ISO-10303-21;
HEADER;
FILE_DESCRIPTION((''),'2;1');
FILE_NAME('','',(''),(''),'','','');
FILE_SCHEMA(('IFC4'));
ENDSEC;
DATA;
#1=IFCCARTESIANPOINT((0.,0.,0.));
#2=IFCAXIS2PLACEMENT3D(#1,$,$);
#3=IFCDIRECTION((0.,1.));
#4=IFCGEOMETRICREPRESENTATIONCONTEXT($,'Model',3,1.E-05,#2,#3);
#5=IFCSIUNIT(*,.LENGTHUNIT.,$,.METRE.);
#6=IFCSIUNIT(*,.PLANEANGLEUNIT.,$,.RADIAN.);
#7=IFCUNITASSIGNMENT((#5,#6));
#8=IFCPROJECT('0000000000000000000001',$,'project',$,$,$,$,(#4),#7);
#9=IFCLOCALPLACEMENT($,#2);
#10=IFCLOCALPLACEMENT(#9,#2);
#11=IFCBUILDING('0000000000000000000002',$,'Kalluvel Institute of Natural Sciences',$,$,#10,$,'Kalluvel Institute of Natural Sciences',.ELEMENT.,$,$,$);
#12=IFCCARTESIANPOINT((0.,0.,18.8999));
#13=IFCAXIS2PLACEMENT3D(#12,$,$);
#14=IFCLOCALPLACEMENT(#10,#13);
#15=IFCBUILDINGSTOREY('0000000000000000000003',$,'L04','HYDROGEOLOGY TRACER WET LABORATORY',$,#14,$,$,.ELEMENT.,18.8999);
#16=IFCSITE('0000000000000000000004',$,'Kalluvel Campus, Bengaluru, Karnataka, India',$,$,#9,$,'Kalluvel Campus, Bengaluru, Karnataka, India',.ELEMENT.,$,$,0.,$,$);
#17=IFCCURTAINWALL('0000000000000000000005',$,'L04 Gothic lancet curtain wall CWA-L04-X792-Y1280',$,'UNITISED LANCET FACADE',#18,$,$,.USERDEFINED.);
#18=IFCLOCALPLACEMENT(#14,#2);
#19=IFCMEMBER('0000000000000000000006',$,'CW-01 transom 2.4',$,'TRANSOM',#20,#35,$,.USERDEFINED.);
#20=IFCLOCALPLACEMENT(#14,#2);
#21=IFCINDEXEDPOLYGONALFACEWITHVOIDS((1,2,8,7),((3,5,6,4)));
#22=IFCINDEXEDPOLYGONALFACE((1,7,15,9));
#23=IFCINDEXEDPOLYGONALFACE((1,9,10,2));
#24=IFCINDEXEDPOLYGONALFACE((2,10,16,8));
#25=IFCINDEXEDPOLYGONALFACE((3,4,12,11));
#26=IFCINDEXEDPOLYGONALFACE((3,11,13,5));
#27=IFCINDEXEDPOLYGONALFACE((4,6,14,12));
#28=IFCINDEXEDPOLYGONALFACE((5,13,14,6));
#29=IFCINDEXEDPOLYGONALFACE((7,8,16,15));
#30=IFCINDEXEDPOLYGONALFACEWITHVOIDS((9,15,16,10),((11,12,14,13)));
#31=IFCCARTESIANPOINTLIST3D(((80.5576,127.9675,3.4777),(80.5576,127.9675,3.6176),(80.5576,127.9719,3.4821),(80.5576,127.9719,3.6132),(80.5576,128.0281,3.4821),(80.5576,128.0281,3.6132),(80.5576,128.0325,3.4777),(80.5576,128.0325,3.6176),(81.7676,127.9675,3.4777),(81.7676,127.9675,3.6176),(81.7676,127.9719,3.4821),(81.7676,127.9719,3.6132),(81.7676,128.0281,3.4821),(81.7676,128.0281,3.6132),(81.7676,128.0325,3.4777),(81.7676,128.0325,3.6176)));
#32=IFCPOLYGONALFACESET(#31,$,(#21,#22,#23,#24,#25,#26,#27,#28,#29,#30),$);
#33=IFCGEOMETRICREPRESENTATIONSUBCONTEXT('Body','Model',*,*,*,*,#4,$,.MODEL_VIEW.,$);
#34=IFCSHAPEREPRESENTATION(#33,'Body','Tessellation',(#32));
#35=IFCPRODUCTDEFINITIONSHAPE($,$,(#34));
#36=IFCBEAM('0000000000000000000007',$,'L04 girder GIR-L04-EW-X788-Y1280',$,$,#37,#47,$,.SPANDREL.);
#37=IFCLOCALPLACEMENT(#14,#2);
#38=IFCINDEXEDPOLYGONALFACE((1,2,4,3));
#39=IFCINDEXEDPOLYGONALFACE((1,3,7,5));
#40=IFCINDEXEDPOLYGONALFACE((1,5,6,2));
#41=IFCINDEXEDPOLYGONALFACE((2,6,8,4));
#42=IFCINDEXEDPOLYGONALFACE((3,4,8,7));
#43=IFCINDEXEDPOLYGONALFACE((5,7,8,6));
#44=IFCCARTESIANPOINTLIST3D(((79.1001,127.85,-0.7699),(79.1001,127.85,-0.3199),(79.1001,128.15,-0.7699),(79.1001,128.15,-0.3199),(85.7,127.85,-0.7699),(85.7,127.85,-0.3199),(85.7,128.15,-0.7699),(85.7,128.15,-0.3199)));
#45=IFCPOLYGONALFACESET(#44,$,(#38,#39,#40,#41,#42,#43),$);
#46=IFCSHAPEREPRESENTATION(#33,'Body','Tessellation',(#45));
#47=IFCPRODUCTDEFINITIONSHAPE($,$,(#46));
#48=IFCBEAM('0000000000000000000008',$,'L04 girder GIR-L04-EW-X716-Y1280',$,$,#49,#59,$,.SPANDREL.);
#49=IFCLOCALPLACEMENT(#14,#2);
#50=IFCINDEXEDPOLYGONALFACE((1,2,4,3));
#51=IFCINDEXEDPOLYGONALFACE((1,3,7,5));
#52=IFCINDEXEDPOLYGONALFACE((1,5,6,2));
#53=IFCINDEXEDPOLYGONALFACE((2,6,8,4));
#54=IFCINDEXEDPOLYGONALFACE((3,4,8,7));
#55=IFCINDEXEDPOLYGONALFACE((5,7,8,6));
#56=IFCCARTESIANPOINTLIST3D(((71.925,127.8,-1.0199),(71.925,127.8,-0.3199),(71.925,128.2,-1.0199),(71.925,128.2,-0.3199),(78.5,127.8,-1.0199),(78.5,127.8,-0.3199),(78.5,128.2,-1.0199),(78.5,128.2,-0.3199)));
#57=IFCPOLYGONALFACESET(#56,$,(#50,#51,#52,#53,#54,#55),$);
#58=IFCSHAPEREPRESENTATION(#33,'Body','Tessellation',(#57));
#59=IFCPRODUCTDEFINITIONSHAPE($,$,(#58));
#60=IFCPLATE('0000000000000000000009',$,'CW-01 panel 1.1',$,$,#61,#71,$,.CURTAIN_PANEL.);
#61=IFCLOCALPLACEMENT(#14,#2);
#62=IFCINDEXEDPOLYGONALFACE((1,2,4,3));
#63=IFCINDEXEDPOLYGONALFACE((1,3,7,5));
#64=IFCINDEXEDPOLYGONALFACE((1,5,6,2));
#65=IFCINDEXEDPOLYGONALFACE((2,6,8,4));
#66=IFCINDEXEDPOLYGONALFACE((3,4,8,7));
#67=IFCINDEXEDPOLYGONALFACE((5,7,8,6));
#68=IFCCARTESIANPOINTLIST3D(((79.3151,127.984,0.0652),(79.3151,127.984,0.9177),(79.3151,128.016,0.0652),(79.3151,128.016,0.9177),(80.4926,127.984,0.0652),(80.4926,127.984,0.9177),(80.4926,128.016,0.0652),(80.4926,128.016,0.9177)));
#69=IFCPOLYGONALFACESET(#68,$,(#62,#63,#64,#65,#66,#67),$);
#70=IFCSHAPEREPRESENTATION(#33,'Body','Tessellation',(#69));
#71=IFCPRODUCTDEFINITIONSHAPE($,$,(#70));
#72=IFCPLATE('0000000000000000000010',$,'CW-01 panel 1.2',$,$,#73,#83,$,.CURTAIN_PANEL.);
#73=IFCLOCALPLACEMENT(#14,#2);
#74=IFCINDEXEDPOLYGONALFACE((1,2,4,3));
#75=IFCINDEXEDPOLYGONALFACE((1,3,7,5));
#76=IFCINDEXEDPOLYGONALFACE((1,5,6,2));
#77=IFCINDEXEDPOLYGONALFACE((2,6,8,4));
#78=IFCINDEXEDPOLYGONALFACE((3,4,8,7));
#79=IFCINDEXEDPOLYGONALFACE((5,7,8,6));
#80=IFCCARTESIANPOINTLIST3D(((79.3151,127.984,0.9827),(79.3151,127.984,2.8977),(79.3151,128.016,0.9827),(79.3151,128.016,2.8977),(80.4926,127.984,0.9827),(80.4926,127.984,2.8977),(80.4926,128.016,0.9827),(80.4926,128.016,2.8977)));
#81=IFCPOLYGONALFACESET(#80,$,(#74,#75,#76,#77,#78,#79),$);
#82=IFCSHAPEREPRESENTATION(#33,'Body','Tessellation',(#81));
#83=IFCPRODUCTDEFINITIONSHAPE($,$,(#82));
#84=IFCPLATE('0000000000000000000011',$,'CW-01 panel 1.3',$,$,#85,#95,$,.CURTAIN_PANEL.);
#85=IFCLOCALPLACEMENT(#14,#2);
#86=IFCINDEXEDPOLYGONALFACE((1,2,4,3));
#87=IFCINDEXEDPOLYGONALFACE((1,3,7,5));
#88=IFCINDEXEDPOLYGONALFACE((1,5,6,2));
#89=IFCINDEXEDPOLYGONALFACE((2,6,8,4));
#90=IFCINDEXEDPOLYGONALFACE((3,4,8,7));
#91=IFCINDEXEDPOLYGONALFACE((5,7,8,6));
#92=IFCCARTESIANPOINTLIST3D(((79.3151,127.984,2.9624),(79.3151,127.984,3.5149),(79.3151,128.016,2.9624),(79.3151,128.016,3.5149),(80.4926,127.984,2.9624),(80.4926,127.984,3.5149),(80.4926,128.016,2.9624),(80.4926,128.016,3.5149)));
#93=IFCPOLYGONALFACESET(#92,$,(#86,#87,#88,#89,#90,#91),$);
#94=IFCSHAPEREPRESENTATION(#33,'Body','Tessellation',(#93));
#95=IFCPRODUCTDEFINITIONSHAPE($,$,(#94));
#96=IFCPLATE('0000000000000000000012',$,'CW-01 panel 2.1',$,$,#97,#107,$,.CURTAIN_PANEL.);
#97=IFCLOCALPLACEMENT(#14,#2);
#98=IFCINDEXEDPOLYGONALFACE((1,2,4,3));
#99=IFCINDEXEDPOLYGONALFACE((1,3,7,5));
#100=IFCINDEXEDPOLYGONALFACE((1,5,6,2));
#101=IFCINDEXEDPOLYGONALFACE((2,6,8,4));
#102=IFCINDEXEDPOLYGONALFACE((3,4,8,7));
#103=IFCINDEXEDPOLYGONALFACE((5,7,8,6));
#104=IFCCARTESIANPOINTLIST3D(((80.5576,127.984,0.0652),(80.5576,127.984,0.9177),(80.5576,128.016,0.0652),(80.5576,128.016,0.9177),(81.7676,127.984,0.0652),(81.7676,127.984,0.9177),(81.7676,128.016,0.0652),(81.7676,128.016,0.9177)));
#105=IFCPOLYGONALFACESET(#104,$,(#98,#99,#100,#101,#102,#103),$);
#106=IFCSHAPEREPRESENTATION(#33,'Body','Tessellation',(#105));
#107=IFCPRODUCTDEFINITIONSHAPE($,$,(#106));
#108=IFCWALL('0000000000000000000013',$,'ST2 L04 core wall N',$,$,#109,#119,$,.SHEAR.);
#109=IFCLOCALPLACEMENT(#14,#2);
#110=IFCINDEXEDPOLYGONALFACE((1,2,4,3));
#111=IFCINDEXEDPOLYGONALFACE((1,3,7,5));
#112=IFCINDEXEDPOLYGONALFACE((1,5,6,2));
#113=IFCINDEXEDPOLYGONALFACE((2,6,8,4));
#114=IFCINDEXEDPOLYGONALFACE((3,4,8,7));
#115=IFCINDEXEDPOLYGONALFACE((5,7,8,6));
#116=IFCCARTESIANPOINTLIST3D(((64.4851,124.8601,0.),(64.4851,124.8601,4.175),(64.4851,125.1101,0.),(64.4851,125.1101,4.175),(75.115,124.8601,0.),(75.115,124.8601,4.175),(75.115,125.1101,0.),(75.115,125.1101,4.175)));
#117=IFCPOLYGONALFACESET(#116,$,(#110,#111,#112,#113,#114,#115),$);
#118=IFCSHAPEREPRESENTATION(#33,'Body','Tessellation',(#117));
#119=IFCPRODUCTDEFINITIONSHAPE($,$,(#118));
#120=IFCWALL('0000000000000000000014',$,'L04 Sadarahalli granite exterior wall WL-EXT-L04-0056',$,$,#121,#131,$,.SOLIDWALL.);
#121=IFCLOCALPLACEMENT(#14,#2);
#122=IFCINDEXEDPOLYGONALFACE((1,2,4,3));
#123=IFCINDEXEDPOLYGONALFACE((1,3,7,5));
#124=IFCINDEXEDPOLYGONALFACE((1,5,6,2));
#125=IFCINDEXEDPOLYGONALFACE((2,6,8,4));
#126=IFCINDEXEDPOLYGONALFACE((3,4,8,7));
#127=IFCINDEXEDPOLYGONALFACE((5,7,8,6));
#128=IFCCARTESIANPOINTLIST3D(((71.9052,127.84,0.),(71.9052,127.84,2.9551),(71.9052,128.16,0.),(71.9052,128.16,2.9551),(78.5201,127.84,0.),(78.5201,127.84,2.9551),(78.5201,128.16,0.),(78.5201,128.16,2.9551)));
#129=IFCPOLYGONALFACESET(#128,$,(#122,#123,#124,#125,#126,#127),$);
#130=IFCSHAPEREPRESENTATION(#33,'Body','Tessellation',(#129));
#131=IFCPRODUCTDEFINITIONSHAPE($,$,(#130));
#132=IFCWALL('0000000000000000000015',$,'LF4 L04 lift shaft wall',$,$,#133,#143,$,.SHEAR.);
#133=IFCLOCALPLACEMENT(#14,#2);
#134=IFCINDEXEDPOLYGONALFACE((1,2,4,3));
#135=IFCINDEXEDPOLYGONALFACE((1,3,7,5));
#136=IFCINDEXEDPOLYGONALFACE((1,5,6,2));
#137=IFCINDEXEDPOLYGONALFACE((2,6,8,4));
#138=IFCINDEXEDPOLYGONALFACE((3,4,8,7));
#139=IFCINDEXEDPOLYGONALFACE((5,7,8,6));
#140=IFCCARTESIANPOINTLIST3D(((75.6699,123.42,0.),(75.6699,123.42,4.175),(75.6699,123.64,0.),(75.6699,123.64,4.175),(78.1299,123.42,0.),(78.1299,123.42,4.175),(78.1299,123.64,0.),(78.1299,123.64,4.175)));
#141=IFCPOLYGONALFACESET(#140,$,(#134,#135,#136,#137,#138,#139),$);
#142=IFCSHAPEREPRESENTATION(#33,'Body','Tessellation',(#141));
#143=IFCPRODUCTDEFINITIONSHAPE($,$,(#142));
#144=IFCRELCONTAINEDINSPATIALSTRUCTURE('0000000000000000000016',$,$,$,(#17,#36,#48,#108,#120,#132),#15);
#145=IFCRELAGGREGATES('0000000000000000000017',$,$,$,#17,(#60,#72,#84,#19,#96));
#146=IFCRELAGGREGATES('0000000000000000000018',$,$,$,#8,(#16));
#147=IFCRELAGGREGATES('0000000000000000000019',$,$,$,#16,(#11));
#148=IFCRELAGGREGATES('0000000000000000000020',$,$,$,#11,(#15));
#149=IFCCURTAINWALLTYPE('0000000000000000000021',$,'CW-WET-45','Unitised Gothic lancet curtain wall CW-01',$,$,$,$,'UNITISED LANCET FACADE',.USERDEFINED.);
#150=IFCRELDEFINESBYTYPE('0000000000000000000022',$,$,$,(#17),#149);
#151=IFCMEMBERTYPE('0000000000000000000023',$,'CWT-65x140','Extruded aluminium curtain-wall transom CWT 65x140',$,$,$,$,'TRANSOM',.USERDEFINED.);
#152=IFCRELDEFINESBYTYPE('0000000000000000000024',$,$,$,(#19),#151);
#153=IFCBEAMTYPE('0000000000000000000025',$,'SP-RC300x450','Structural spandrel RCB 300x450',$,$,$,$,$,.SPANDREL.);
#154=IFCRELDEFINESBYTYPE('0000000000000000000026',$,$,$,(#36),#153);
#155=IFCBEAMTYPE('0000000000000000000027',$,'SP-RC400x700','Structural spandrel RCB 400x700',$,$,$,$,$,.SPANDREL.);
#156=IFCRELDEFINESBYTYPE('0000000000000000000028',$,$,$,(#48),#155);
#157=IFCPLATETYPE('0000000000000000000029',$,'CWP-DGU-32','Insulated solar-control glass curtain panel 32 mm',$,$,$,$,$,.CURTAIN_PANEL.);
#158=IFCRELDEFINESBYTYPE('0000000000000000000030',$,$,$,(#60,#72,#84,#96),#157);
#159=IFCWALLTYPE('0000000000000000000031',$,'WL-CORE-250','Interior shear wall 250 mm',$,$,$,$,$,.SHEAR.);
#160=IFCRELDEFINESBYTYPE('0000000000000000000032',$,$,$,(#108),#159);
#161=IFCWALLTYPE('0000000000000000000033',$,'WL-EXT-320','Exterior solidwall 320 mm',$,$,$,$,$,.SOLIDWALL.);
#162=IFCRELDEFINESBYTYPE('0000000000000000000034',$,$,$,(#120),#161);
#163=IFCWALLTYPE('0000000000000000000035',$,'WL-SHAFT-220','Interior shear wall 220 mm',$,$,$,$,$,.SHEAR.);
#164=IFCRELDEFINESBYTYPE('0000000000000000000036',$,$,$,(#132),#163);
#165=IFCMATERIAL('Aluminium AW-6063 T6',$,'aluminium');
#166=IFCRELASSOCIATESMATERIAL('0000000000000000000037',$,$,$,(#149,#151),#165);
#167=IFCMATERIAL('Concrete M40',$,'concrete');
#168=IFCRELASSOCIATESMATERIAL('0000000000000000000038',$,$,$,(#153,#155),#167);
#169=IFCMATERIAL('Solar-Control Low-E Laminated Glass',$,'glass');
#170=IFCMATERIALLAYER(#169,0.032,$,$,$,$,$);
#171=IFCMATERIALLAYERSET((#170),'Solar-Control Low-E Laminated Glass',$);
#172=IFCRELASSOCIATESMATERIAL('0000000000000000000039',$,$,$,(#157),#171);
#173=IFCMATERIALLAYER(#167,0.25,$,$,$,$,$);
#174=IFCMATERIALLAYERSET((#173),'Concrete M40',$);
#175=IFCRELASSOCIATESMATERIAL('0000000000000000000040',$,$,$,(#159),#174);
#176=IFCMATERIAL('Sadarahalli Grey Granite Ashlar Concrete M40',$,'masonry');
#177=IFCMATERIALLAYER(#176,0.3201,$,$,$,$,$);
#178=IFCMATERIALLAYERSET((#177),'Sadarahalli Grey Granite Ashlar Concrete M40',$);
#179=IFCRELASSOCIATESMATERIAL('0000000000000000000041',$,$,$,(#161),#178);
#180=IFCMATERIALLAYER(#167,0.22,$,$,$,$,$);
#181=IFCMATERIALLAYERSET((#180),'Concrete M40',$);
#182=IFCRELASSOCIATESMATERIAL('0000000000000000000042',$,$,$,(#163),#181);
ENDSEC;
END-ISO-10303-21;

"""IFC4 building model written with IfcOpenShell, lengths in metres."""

from ifc_helpers import new_model, si_unit, direction, frame, frame_2d, origin, origin_2d, place, context, subcontext, project, spatial, rectangle, hollow_rectangle, extrude, material, layer, layer_set, material_profile, profile_set, type_object, element, aggregate, save


model = new_model("IFC4")

# Units and contexts
model_context = context("Model", 3, precision=1e-05, world=origin(), true_north=direction((0.0, 1.0)))
body_context = subcontext(model_context, "Body", "Model", "MODEL_VIEW")
ifc_project = project(units=[si_unit("LENGTHUNIT", "METRE"), si_unit("PLANEANGLEUNIT", "RADIAN")], contexts=[model_context])

# Site, building, storey
site_placement = place(None, origin())
site = spatial("IfcSite", under=ifc_project, at=site_placement, Name="Kalluvel Campus, Bengaluru, Karnataka, India", LongName="Kalluvel Campus, Bengaluru, Karnataka, India", CompositionType="ELEMENT", RefElevation=0.0)
building_placement = place(site_placement, origin())
building = spatial("IfcBuilding", under=site, at=building_placement, Name="Kalluvel Institute of Natural Sciences", LongName="Kalluvel Institute of Natural Sciences", CompositionType="ELEMENT")
storey_placement = place(building_placement, frame((0.0, 0.0, 18.8999)))
storey = spatial("IfcBuildingStorey", under=building, at=storey_placement, Name="L04", Description="HYDROGEOLOGY TRACER WET LABORATORY", CompositionType="ELEMENT", Elevation=18.8999)

# Shared definitions
ifc_material_1 = material(Name="Concrete M40", Category="concrete")

# Curtain wall, member
ifc_material_2 = material(Name="Aluminium AW-6063 T6", Category="aluminium")
curtain_wall_type = type_object("IfcCurtainWallType", Name="CW-WET-45", Description="Unitised Gothic lancet curtain wall CW-01", ElementType="UNITISED LANCET FACADE", PredefinedType="USERDEFINED", material=ifc_material_2)
curtain_wall_placement = place(storey_placement, origin())
curtain_wall = element("IfcCurtainWall", 1, at=curtain_wall_placement, inside=storey, type_object=curtain_wall_type, Name="L04 Gothic lancet curtain wall CWA-L04-X792-Y1280", ObjectType="UNITISED LANCET FACADE", PredefinedType="USERDEFINED")
ifc_material_profile_1 = material_profile(ifc_material_2, hollow_rectangle(XDim=0.0649, YDim=0.1399, WallThickness=0.0044, at=origin_2d()), Name="CWT 65x140")
ifc_profile_set_1 = profile_set([ifc_material_profile_1], Name="Aluminium AW-6063 T6")
member_type_1 = type_object("IfcMemberType", Name="CWT-65x140", Description="Extruded aluminium curtain-wall transom CWT 65x140", ElementType="TRANSOM", PredefinedType="USERDEFINED", material=ifc_profile_set_1)
member_1_placement = place(storey_placement, frame((80.5576, 128.0, 3.5476), z_axis=(1.0, 0.0, 0.0), x_axis=(0.0, 1.0, 0.0)))
member_1 = element("IfcMember", 2, at=member_1_placement, type_object=member_type_1, Name="CW-01 transom 2.4", ObjectType="TRANSOM", PredefinedType="USERDEFINED", context=body_context, shape_type="SweptSolid", body=[
    extrude(hollow_rectangle(XDim=0.0649, YDim=0.1399, WallThickness=0.0044, at=origin_2d()), origin(), (0.0, 0.0, 1.0), 1.21),
])

# Beams
ifc_material_profile_2 = material_profile(ifc_material_1, rectangle(XDim=0.3, YDim=0.45, at=origin_2d()), Name="RCB 300x450")
ifc_profile_set_2 = profile_set([ifc_material_profile_2], Name="Concrete M40")
beam_type_1 = type_object("IfcBeamType", Name="SP-RC300x450", Description="Structural spandrel RCB 300x450", PredefinedType="SPANDREL", material=ifc_profile_set_2)
beam_1_placement = place(storey_placement, frame((79.1001, 128.0, -0.5449), z_axis=(1.0, 0.0, 0.0), x_axis=(0.0, 1.0, 0.0)))
element("IfcBeam", 3, at=beam_1_placement, inside=storey, type_object=beam_type_1, Name="L04 girder GIR-L04-EW-X788-Y1280", PredefinedType="SPANDREL", context=body_context, shape_type="SweptSolid", body=[
    extrude(rectangle(XDim=0.3, YDim=0.45, at=origin_2d()), origin(), (0.0, 0.0, 1.0), 6.5999),
])
ifc_material_profile_3 = material_profile(ifc_material_1, rectangle(XDim=0.3999, YDim=0.7, at=origin_2d()), Name="RCB 400x700")
ifc_profile_set_3 = profile_set([ifc_material_profile_3], Name="Concrete M40")
beam_type_2 = type_object("IfcBeamType", Name="SP-RC400x700", Description="Structural spandrel RCB 400x700", PredefinedType="SPANDREL", material=ifc_profile_set_3)
beam_2_placement = place(storey_placement, frame((71.925, 128.0, -0.6699), z_axis=(1.0, 0.0, 0.0), x_axis=(0.0, 1.0, 0.0)))
element("IfcBeam", 4, at=beam_2_placement, inside=storey, type_object=beam_type_2, Name="L04 girder GIR-L04-EW-X716-Y1280", PredefinedType="SPANDREL", context=body_context, shape_type="SweptSolid", body=[
    extrude(rectangle(XDim=0.3999, YDim=0.7, at=origin_2d()), origin(), (0.0, 0.0, 1.0), 6.575),
])

# Plates
ifc_material_3 = material(Name="Solar-Control Low-E Laminated Glass", Category="glass")
ifc_layer_1 = layer(ifc_material_3, 0.032)
ifc_layer_set_1 = layer_set([ifc_layer_1], Name="Solar-Control Low-E Laminated Glass")
plate_type = type_object("IfcPlateType", Name="CWP-DGU-32", Description="Insulated solar-control glass curtain panel 32 mm", PredefinedType="CURTAIN_PANEL", material=ifc_layer_set_1)
plate_1_placement = place(storey_placement, frame((79.9038, 128.0, 0.0652), z_axis=(0.0, 0.0, 1.0), x_axis=(1.0, 0.0, 0.0)))
plate_1 = element("IfcPlate", 5, at=plate_1_placement, type_object=plate_type, Name="CW-01 panel 1.1", PredefinedType="CURTAIN_PANEL", context=body_context, shape_type="SweptSolid", body=[
    extrude(rectangle(XDim=1.1775, YDim=0.032, at=origin_2d()), origin(), (0.0, 0.0, 1.0), 0.8525),
])
plate_2_placement = place(storey_placement, frame((79.9038, 128.0, 0.9827), z_axis=(0.0, 0.0, 1.0), x_axis=(1.0, 0.0, 0.0)))
plate_2 = element("IfcPlate", 6, at=plate_2_placement, type_object=plate_type, Name="CW-01 panel 1.2", PredefinedType="CURTAIN_PANEL", context=body_context, shape_type="SweptSolid", body=[
    extrude(rectangle(XDim=1.1775, YDim=0.032, at=origin_2d()), origin(), (0.0, 0.0, 1.0), 1.915),
])
plate_3_placement = place(storey_placement, frame((79.9038, 128.0, 2.9624), z_axis=(0.0, 0.0, 1.0), x_axis=(1.0, 0.0, 0.0)))
plate_3 = element("IfcPlate", 7, at=plate_3_placement, type_object=plate_type, Name="CW-01 panel 1.3", PredefinedType="CURTAIN_PANEL", context=body_context, shape_type="SweptSolid", body=[
    extrude(rectangle(XDim=1.1775, YDim=0.032, at=origin_2d()), origin(), (0.0, 0.0, 1.0), 0.5525),
])
plate_4_placement = place(storey_placement, frame((81.1626, 128.0, 0.0652), z_axis=(0.0, 0.0, 1.0), x_axis=(1.0, 0.0, 0.0)))
plate_4 = element("IfcPlate", 8, at=plate_4_placement, type_object=plate_type, Name="CW-01 panel 2.1", PredefinedType="CURTAIN_PANEL", context=body_context, shape_type="SweptSolid", body=[
    extrude(rectangle(XDim=1.21, YDim=0.032, at=origin_2d()), origin(), (0.0, 0.0, 1.0), 0.8525),
])
aggregate(curtain_wall, [plate_1, plate_2, plate_3, member_1, plate_4])

# Walls
ifc_layer_2 = layer(ifc_material_1, 0.25)
ifc_layer_set_2 = layer_set([ifc_layer_2], Name="Concrete M40")
wall_type_1 = type_object("IfcWallType", Name="WL-CORE-250", Description="Interior shear wall 250 mm", PredefinedType="SHEAR", material=ifc_layer_set_2)
wall_1_placement = place(storey_placement, frame((75.115, 124.9851, 0.0), z_axis=(0.0, 0.0, 1.0), x_axis=(-1.0, 0.0, 0.0)))
element("IfcWall", 9, at=wall_1_placement, inside=storey, type_object=wall_type_1, Name="ST2 L04 core wall N", PredefinedType="SHEAR", context=body_context, shape_type="SweptSolid", body=[
    extrude(rectangle(XDim=10.6299, YDim=0.25, at=frame_2d((5.3149, 0.0))), origin(), (0.0, 0.0, 1.0), 4.175),
])
ifc_material_4 = material(Name="Sadarahalli Grey Granite Ashlar Concrete M40", Category="masonry")
ifc_layer_3 = layer(ifc_material_4, 0.3201)
ifc_layer_set_3 = layer_set([ifc_layer_3], Name="Sadarahalli Grey Granite Ashlar Concrete M40")
wall_type_2 = type_object("IfcWallType", Name="WL-EXT-320", Description="Exterior solidwall 320 mm", PredefinedType="SOLIDWALL", material=ifc_layer_set_3)
wall_2_placement = place(storey_placement, frame((71.905, 128.0, 0.0), z_axis=(0.0, 0.0, 1.0), x_axis=(1.0, 0.0, 0.0)))
element("IfcWall", 10, at=wall_2_placement, inside=storey, type_object=wall_type_2, Name="L04 Sadarahalli granite exterior wall WL-EXT-L04-0056", PredefinedType="SOLIDWALL", context=body_context, shape_type="SweptSolid", body=[
    extrude(rectangle(XDim=6.615, YDim=0.3201, at=frame_2d((3.3076, 0.0))), origin(), (0.0, 0.0, 1.0), 2.9551),
])
ifc_layer_4 = layer(ifc_material_1, 0.22)
ifc_layer_set_4 = layer_set([ifc_layer_4], Name="Concrete M40")
wall_type_3 = type_object("IfcWallType", Name="WL-SHAFT-220", Description="Interior shear wall 220 mm", PredefinedType="SHEAR", material=ifc_layer_set_4)
wall_3_placement = place(storey_placement, frame((78.1299, 123.53, 0.0), z_axis=(0.0, 0.0, 1.0), x_axis=(-1.0, 0.0, 0.0)))
element("IfcWall", 11, at=wall_3_placement, inside=storey, type_object=wall_type_3, Name="LF4 L04 lift shaft wall", PredefinedType="SHEAR", context=body_context, shape_type="SweptSolid", body=[
    extrude(rectangle(XDim=2.46, YDim=0.22, at=frame_2d((1.23, 0.0))), origin(), (0.0, 0.0, 1.0), 4.175),
])

save(model, "model.ifc")
